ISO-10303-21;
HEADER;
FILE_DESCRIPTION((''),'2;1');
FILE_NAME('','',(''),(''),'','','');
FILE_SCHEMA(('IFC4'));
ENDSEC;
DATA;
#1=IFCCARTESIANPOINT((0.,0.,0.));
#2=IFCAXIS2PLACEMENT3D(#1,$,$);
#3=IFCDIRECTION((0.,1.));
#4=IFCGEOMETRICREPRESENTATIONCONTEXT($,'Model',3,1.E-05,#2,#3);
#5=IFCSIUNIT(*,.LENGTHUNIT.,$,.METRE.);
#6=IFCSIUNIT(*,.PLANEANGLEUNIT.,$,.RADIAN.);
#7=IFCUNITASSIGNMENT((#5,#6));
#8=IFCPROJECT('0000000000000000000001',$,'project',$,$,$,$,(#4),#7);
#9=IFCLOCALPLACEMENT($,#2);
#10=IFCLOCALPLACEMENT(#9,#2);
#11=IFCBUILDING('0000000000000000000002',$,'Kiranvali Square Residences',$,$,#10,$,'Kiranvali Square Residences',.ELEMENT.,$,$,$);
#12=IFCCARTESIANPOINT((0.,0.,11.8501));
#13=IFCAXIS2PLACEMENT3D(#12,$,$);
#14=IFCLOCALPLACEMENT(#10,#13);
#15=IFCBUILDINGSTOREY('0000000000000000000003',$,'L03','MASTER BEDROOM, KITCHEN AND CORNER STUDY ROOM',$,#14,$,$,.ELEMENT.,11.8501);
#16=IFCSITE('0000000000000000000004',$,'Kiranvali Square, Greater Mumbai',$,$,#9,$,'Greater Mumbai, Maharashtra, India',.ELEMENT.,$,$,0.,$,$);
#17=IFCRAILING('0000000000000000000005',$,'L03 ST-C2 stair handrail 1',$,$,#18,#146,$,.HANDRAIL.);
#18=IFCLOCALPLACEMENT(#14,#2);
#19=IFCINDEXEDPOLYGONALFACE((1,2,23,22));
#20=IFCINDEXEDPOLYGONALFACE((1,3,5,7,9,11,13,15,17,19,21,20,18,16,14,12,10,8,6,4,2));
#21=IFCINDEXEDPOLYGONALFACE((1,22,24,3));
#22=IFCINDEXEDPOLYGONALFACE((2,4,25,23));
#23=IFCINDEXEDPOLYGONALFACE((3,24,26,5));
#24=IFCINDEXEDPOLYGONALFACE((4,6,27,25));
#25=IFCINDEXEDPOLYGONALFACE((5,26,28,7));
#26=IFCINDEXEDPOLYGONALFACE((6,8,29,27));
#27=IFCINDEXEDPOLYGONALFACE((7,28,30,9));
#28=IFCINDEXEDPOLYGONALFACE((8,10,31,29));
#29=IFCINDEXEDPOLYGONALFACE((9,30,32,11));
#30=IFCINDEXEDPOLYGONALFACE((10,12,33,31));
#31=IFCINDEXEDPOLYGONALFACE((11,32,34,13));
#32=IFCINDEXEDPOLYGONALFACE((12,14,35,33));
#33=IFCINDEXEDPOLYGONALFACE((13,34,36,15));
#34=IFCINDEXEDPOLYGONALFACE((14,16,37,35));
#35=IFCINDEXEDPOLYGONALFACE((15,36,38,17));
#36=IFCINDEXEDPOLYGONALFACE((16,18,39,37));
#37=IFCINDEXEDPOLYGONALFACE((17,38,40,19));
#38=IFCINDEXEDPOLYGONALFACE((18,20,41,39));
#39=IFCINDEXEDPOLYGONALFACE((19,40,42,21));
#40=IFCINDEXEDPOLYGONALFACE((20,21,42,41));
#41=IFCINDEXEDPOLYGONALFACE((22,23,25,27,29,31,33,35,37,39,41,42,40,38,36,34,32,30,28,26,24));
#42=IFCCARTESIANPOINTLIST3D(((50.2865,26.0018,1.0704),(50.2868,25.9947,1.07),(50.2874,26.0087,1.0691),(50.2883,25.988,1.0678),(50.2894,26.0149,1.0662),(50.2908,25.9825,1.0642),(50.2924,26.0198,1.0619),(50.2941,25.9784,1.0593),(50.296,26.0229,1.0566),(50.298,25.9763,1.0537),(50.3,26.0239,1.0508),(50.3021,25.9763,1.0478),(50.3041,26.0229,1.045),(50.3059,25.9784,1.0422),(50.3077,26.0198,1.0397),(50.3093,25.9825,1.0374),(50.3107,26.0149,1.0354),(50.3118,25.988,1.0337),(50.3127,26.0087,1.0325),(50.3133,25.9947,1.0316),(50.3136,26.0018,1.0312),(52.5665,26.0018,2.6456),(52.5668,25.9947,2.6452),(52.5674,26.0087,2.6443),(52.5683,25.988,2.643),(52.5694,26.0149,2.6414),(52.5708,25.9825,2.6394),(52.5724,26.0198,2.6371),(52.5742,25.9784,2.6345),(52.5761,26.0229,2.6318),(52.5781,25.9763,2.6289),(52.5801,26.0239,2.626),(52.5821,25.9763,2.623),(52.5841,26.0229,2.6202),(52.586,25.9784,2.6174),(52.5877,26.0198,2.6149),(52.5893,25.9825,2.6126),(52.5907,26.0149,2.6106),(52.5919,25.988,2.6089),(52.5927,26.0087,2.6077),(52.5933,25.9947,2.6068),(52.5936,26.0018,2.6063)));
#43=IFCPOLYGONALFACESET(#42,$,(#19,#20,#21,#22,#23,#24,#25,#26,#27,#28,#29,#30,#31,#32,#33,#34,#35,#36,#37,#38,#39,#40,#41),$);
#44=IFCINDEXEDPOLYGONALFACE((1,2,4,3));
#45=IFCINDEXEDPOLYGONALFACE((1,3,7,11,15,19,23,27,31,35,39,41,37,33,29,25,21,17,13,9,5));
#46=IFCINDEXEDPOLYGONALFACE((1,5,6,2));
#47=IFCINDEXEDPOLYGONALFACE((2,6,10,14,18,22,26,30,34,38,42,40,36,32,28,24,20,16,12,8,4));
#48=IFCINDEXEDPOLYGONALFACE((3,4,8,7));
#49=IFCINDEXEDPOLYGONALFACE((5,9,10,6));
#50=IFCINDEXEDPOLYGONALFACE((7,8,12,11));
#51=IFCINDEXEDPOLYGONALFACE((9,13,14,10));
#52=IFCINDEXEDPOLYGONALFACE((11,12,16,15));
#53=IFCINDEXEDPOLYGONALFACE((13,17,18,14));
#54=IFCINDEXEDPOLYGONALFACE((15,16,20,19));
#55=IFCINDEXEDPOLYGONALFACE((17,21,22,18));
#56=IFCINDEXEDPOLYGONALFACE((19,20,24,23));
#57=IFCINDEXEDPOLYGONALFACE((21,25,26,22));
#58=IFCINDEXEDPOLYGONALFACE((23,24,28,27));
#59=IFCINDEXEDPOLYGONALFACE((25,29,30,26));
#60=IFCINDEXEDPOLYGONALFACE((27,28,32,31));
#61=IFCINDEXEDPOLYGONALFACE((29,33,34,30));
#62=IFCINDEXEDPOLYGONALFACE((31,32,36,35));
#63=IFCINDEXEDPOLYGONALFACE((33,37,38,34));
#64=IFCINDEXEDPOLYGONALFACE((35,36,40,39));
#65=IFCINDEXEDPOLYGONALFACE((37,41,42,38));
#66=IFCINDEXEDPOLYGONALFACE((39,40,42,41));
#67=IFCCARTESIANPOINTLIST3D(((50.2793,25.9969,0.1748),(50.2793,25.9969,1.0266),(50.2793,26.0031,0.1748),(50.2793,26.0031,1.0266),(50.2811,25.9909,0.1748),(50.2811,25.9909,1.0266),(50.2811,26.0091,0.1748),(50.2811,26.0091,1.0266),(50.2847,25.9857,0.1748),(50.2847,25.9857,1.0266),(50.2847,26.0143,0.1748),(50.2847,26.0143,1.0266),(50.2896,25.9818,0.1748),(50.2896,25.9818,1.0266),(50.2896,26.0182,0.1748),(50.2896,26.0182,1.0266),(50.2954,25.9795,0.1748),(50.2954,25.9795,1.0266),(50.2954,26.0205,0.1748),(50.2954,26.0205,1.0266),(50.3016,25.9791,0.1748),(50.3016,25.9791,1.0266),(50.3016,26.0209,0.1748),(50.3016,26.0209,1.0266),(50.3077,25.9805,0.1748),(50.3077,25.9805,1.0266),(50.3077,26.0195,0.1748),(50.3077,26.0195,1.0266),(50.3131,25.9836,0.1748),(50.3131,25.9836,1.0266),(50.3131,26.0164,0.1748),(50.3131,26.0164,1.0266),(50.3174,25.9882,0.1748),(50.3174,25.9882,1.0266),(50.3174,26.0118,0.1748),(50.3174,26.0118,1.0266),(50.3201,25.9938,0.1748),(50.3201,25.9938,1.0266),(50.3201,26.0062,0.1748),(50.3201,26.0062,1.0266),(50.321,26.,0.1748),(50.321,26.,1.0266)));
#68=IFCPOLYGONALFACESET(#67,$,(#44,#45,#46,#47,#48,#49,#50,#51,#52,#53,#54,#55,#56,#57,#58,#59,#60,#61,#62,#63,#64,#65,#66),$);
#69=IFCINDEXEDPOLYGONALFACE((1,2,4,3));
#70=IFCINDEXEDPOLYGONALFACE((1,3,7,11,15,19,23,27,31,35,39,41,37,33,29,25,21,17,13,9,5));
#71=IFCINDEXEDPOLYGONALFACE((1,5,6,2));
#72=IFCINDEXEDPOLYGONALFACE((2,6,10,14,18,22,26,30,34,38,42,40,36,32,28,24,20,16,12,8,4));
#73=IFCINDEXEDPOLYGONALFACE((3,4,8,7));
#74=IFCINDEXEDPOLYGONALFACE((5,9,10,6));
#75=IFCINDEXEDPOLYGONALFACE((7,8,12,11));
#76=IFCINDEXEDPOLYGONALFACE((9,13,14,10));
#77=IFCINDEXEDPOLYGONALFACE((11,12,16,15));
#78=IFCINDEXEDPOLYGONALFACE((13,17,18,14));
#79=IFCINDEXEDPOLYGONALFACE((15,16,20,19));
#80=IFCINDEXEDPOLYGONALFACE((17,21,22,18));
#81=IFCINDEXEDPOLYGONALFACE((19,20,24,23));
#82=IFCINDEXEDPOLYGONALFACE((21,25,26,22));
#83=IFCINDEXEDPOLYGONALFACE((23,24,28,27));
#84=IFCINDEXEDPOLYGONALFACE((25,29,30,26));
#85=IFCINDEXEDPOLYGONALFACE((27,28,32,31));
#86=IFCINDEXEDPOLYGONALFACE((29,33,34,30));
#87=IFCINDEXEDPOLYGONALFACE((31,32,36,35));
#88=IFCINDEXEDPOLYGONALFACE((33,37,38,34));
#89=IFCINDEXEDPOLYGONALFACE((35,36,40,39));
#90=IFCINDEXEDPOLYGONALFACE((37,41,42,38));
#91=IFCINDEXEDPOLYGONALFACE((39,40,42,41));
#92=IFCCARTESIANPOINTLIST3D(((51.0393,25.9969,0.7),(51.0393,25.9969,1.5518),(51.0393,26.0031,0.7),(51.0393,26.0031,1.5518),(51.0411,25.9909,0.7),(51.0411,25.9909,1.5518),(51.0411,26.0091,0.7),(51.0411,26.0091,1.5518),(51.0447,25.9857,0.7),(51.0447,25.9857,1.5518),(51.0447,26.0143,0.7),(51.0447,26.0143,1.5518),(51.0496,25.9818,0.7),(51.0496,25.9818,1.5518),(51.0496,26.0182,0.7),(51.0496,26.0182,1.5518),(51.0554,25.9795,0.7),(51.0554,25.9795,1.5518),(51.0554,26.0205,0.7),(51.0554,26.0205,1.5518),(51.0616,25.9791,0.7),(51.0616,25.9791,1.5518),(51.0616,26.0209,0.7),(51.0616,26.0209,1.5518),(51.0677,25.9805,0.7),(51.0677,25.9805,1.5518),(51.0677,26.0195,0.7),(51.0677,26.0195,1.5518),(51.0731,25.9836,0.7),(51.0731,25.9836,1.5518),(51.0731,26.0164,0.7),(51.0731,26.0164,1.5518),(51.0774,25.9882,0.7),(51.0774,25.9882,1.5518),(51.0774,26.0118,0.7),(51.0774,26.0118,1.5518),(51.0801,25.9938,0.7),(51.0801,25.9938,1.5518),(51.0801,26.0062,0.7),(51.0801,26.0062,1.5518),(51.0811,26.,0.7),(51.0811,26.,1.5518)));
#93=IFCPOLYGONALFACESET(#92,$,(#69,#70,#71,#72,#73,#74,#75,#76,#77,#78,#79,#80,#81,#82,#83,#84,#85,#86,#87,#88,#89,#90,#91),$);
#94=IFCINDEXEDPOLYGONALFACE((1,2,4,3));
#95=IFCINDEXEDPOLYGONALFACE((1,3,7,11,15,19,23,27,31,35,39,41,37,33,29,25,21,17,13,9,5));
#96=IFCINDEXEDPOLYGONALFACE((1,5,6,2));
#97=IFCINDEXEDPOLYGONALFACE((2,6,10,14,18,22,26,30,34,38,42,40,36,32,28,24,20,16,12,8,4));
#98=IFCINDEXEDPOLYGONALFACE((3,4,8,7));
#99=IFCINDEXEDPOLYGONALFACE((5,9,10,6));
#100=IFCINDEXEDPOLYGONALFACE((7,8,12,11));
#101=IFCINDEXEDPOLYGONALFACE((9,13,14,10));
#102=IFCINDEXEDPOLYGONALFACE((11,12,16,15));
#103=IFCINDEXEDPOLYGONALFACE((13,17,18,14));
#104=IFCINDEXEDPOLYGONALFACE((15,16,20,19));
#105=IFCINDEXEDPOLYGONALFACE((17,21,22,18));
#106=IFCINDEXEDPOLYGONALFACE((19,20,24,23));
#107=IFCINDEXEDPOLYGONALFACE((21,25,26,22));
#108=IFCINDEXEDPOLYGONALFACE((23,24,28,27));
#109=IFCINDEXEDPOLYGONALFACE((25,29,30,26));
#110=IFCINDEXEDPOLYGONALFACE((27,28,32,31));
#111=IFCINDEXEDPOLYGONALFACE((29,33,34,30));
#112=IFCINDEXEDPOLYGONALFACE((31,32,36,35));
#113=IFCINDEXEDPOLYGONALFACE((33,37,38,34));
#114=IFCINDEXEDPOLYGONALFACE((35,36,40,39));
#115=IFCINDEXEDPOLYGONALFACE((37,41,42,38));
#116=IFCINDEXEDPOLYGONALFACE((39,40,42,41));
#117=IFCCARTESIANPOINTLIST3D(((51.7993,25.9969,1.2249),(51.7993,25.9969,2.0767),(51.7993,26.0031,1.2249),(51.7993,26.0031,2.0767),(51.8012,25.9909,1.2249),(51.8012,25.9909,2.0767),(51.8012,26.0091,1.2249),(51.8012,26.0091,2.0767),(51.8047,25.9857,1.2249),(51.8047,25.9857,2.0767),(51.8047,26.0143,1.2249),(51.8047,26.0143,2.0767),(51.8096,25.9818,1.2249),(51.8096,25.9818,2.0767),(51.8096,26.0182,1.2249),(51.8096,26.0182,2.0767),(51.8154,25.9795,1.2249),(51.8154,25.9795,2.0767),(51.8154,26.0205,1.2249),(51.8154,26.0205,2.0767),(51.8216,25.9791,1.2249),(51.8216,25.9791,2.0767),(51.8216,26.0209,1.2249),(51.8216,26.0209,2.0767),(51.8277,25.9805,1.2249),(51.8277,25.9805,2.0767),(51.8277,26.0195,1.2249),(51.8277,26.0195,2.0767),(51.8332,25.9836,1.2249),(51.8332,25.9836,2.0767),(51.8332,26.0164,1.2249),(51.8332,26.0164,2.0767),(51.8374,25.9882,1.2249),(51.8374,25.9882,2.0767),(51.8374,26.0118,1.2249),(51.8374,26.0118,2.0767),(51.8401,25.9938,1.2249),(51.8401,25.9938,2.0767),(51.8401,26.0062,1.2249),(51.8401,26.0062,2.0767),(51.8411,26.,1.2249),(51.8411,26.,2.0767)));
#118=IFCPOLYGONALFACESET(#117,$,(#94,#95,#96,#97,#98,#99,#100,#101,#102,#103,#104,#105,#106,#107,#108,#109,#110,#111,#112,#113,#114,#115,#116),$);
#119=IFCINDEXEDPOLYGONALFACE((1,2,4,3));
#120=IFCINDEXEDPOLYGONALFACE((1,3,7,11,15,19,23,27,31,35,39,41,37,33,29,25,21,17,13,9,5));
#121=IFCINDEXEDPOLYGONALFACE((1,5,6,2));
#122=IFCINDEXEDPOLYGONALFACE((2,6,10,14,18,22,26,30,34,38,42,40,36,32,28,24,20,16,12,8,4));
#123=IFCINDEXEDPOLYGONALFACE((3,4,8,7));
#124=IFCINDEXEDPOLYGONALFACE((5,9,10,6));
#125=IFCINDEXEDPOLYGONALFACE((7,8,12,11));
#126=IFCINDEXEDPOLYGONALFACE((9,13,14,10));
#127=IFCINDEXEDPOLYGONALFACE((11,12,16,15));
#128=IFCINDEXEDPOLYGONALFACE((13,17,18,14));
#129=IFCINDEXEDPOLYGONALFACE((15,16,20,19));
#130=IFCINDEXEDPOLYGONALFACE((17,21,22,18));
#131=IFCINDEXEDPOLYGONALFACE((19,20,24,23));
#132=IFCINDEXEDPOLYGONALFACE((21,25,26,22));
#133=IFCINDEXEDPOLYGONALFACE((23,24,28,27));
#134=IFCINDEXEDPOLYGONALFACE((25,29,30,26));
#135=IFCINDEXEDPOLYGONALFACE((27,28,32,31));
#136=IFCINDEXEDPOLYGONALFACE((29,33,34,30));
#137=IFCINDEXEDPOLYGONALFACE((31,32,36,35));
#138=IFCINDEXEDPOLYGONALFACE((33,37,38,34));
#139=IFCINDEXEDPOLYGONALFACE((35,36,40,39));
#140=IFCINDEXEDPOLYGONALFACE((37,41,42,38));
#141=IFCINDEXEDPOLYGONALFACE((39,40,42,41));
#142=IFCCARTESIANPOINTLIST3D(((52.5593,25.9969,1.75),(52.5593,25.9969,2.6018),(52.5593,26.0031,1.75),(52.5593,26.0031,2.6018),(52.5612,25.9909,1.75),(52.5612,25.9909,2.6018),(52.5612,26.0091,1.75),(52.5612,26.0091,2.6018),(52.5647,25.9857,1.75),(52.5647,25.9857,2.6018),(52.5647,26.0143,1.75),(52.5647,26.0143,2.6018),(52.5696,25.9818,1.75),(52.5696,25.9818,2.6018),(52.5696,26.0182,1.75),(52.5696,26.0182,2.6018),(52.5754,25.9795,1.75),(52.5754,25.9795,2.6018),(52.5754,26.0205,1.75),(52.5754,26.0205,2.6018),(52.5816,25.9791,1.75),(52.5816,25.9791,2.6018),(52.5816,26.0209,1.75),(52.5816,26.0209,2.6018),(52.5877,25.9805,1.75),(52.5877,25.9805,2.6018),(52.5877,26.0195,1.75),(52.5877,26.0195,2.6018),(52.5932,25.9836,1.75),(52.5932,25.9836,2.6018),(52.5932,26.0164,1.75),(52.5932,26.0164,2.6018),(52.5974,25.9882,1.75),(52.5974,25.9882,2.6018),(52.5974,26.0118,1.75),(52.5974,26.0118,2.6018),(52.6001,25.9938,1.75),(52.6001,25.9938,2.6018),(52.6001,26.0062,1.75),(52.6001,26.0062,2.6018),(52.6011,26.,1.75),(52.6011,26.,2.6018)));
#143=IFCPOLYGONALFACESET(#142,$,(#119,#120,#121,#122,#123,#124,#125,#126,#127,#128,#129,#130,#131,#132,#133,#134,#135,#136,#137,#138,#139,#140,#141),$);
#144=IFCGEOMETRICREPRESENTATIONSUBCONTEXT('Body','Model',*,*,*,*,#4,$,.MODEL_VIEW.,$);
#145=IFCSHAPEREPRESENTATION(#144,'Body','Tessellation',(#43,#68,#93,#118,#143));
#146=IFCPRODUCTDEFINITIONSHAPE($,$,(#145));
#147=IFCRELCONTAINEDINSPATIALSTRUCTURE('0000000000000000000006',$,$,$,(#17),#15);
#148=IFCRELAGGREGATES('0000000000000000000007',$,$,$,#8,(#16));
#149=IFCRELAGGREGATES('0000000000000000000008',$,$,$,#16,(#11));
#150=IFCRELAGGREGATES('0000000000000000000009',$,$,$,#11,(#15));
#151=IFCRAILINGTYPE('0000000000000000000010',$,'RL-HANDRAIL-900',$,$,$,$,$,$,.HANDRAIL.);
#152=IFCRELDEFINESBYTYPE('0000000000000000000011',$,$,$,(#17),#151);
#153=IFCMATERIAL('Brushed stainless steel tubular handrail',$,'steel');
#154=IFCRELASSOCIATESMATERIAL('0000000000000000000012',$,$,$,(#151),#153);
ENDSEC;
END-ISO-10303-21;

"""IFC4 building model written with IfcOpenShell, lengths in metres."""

from ifc_helpers import new_model, si_unit, direction, frame, origin, origin_2d, place, context, subcontext, project, spatial, circle, extrude, material, type_object, element, save


model = new_model("IFC4")

# Units and contexts
model_context = context("Model", 3, precision=1e-05, world=origin(), true_north=direction((0.0, 1.0)))
body_context = subcontext(model_context, "Body", "Model", "MODEL_VIEW")
ifc_project = project(units=[si_unit("LENGTHUNIT", "METRE"), si_unit("PLANEANGLEUNIT", "RADIAN")], contexts=[model_context])

# Site, building, storey
site_placement = place(None, origin())
site = spatial("IfcSite", under=ifc_project, at=site_placement, Name="Kiranvali Square, Greater Mumbai", LongName="Greater Mumbai, Maharashtra, India", CompositionType="ELEMENT", RefElevation=0.0)
building_placement = place(site_placement, origin())
building = spatial("IfcBuilding", under=site, at=building_placement, Name="Kiranvali Square Residences", LongName="Kiranvali Square Residences", CompositionType="ELEMENT")
storey_placement = place(building_placement, frame((0.0, 0.0, 11.8501)))
storey = spatial("IfcBuildingStorey", under=building, at=storey_placement, Name="L03", Description="MASTER BEDROOM, KITCHEN AND CORNER STUDY ROOM", CompositionType="ELEMENT", Elevation=11.8501)

# Railing
ifc_material_1 = material(Name="Brushed stainless steel tubular handrail", Category="steel")
railing_type_1 = type_object("IfcRailingType", Name="RL-HANDRAIL-900", PredefinedType="HANDRAIL", material=ifc_material_1)
railing_1_placement = place(storey_placement, frame((50.3, 26.0, 0.1748)))
element("IfcRailing", 1, at=railing_1_placement, inside=storey, type_object=railing_type_1, Name="L03 ST-C2 stair handrail 1", PredefinedType="HANDRAIL", context=body_context, shape_type="SweptSolid", body=[
    extrude(circle(Radius=0.0239, at=origin_2d()), frame((0.0, 0.0, 0.876), z_axis=(0.822747, 0.0, 0.568408), x_axis=(0.0, 1.0, 0.0)), (0.0, 0.0, 1.0), 2.7712),
    extrude(circle(Radius=0.021, at=origin_2d()), origin(), (0.0, 0.0, 1.0), 0.8518),
    extrude(circle(Radius=0.021, at=origin_2d()), frame((0.76, 0.0, 0.5251)), (0.0, 0.0, 1.0), 0.8518),
    extrude(circle(Radius=0.021, at=origin_2d()), frame((1.52, 0.0, 1.05)), (0.0, 0.0, 1.0), 0.8518),
    extrude(circle(Radius=0.021, at=origin_2d()), frame((2.28, 0.0, 1.5752)), (0.0, 0.0, 1.0), 0.8518),
])

save(model, "model.ifc")
